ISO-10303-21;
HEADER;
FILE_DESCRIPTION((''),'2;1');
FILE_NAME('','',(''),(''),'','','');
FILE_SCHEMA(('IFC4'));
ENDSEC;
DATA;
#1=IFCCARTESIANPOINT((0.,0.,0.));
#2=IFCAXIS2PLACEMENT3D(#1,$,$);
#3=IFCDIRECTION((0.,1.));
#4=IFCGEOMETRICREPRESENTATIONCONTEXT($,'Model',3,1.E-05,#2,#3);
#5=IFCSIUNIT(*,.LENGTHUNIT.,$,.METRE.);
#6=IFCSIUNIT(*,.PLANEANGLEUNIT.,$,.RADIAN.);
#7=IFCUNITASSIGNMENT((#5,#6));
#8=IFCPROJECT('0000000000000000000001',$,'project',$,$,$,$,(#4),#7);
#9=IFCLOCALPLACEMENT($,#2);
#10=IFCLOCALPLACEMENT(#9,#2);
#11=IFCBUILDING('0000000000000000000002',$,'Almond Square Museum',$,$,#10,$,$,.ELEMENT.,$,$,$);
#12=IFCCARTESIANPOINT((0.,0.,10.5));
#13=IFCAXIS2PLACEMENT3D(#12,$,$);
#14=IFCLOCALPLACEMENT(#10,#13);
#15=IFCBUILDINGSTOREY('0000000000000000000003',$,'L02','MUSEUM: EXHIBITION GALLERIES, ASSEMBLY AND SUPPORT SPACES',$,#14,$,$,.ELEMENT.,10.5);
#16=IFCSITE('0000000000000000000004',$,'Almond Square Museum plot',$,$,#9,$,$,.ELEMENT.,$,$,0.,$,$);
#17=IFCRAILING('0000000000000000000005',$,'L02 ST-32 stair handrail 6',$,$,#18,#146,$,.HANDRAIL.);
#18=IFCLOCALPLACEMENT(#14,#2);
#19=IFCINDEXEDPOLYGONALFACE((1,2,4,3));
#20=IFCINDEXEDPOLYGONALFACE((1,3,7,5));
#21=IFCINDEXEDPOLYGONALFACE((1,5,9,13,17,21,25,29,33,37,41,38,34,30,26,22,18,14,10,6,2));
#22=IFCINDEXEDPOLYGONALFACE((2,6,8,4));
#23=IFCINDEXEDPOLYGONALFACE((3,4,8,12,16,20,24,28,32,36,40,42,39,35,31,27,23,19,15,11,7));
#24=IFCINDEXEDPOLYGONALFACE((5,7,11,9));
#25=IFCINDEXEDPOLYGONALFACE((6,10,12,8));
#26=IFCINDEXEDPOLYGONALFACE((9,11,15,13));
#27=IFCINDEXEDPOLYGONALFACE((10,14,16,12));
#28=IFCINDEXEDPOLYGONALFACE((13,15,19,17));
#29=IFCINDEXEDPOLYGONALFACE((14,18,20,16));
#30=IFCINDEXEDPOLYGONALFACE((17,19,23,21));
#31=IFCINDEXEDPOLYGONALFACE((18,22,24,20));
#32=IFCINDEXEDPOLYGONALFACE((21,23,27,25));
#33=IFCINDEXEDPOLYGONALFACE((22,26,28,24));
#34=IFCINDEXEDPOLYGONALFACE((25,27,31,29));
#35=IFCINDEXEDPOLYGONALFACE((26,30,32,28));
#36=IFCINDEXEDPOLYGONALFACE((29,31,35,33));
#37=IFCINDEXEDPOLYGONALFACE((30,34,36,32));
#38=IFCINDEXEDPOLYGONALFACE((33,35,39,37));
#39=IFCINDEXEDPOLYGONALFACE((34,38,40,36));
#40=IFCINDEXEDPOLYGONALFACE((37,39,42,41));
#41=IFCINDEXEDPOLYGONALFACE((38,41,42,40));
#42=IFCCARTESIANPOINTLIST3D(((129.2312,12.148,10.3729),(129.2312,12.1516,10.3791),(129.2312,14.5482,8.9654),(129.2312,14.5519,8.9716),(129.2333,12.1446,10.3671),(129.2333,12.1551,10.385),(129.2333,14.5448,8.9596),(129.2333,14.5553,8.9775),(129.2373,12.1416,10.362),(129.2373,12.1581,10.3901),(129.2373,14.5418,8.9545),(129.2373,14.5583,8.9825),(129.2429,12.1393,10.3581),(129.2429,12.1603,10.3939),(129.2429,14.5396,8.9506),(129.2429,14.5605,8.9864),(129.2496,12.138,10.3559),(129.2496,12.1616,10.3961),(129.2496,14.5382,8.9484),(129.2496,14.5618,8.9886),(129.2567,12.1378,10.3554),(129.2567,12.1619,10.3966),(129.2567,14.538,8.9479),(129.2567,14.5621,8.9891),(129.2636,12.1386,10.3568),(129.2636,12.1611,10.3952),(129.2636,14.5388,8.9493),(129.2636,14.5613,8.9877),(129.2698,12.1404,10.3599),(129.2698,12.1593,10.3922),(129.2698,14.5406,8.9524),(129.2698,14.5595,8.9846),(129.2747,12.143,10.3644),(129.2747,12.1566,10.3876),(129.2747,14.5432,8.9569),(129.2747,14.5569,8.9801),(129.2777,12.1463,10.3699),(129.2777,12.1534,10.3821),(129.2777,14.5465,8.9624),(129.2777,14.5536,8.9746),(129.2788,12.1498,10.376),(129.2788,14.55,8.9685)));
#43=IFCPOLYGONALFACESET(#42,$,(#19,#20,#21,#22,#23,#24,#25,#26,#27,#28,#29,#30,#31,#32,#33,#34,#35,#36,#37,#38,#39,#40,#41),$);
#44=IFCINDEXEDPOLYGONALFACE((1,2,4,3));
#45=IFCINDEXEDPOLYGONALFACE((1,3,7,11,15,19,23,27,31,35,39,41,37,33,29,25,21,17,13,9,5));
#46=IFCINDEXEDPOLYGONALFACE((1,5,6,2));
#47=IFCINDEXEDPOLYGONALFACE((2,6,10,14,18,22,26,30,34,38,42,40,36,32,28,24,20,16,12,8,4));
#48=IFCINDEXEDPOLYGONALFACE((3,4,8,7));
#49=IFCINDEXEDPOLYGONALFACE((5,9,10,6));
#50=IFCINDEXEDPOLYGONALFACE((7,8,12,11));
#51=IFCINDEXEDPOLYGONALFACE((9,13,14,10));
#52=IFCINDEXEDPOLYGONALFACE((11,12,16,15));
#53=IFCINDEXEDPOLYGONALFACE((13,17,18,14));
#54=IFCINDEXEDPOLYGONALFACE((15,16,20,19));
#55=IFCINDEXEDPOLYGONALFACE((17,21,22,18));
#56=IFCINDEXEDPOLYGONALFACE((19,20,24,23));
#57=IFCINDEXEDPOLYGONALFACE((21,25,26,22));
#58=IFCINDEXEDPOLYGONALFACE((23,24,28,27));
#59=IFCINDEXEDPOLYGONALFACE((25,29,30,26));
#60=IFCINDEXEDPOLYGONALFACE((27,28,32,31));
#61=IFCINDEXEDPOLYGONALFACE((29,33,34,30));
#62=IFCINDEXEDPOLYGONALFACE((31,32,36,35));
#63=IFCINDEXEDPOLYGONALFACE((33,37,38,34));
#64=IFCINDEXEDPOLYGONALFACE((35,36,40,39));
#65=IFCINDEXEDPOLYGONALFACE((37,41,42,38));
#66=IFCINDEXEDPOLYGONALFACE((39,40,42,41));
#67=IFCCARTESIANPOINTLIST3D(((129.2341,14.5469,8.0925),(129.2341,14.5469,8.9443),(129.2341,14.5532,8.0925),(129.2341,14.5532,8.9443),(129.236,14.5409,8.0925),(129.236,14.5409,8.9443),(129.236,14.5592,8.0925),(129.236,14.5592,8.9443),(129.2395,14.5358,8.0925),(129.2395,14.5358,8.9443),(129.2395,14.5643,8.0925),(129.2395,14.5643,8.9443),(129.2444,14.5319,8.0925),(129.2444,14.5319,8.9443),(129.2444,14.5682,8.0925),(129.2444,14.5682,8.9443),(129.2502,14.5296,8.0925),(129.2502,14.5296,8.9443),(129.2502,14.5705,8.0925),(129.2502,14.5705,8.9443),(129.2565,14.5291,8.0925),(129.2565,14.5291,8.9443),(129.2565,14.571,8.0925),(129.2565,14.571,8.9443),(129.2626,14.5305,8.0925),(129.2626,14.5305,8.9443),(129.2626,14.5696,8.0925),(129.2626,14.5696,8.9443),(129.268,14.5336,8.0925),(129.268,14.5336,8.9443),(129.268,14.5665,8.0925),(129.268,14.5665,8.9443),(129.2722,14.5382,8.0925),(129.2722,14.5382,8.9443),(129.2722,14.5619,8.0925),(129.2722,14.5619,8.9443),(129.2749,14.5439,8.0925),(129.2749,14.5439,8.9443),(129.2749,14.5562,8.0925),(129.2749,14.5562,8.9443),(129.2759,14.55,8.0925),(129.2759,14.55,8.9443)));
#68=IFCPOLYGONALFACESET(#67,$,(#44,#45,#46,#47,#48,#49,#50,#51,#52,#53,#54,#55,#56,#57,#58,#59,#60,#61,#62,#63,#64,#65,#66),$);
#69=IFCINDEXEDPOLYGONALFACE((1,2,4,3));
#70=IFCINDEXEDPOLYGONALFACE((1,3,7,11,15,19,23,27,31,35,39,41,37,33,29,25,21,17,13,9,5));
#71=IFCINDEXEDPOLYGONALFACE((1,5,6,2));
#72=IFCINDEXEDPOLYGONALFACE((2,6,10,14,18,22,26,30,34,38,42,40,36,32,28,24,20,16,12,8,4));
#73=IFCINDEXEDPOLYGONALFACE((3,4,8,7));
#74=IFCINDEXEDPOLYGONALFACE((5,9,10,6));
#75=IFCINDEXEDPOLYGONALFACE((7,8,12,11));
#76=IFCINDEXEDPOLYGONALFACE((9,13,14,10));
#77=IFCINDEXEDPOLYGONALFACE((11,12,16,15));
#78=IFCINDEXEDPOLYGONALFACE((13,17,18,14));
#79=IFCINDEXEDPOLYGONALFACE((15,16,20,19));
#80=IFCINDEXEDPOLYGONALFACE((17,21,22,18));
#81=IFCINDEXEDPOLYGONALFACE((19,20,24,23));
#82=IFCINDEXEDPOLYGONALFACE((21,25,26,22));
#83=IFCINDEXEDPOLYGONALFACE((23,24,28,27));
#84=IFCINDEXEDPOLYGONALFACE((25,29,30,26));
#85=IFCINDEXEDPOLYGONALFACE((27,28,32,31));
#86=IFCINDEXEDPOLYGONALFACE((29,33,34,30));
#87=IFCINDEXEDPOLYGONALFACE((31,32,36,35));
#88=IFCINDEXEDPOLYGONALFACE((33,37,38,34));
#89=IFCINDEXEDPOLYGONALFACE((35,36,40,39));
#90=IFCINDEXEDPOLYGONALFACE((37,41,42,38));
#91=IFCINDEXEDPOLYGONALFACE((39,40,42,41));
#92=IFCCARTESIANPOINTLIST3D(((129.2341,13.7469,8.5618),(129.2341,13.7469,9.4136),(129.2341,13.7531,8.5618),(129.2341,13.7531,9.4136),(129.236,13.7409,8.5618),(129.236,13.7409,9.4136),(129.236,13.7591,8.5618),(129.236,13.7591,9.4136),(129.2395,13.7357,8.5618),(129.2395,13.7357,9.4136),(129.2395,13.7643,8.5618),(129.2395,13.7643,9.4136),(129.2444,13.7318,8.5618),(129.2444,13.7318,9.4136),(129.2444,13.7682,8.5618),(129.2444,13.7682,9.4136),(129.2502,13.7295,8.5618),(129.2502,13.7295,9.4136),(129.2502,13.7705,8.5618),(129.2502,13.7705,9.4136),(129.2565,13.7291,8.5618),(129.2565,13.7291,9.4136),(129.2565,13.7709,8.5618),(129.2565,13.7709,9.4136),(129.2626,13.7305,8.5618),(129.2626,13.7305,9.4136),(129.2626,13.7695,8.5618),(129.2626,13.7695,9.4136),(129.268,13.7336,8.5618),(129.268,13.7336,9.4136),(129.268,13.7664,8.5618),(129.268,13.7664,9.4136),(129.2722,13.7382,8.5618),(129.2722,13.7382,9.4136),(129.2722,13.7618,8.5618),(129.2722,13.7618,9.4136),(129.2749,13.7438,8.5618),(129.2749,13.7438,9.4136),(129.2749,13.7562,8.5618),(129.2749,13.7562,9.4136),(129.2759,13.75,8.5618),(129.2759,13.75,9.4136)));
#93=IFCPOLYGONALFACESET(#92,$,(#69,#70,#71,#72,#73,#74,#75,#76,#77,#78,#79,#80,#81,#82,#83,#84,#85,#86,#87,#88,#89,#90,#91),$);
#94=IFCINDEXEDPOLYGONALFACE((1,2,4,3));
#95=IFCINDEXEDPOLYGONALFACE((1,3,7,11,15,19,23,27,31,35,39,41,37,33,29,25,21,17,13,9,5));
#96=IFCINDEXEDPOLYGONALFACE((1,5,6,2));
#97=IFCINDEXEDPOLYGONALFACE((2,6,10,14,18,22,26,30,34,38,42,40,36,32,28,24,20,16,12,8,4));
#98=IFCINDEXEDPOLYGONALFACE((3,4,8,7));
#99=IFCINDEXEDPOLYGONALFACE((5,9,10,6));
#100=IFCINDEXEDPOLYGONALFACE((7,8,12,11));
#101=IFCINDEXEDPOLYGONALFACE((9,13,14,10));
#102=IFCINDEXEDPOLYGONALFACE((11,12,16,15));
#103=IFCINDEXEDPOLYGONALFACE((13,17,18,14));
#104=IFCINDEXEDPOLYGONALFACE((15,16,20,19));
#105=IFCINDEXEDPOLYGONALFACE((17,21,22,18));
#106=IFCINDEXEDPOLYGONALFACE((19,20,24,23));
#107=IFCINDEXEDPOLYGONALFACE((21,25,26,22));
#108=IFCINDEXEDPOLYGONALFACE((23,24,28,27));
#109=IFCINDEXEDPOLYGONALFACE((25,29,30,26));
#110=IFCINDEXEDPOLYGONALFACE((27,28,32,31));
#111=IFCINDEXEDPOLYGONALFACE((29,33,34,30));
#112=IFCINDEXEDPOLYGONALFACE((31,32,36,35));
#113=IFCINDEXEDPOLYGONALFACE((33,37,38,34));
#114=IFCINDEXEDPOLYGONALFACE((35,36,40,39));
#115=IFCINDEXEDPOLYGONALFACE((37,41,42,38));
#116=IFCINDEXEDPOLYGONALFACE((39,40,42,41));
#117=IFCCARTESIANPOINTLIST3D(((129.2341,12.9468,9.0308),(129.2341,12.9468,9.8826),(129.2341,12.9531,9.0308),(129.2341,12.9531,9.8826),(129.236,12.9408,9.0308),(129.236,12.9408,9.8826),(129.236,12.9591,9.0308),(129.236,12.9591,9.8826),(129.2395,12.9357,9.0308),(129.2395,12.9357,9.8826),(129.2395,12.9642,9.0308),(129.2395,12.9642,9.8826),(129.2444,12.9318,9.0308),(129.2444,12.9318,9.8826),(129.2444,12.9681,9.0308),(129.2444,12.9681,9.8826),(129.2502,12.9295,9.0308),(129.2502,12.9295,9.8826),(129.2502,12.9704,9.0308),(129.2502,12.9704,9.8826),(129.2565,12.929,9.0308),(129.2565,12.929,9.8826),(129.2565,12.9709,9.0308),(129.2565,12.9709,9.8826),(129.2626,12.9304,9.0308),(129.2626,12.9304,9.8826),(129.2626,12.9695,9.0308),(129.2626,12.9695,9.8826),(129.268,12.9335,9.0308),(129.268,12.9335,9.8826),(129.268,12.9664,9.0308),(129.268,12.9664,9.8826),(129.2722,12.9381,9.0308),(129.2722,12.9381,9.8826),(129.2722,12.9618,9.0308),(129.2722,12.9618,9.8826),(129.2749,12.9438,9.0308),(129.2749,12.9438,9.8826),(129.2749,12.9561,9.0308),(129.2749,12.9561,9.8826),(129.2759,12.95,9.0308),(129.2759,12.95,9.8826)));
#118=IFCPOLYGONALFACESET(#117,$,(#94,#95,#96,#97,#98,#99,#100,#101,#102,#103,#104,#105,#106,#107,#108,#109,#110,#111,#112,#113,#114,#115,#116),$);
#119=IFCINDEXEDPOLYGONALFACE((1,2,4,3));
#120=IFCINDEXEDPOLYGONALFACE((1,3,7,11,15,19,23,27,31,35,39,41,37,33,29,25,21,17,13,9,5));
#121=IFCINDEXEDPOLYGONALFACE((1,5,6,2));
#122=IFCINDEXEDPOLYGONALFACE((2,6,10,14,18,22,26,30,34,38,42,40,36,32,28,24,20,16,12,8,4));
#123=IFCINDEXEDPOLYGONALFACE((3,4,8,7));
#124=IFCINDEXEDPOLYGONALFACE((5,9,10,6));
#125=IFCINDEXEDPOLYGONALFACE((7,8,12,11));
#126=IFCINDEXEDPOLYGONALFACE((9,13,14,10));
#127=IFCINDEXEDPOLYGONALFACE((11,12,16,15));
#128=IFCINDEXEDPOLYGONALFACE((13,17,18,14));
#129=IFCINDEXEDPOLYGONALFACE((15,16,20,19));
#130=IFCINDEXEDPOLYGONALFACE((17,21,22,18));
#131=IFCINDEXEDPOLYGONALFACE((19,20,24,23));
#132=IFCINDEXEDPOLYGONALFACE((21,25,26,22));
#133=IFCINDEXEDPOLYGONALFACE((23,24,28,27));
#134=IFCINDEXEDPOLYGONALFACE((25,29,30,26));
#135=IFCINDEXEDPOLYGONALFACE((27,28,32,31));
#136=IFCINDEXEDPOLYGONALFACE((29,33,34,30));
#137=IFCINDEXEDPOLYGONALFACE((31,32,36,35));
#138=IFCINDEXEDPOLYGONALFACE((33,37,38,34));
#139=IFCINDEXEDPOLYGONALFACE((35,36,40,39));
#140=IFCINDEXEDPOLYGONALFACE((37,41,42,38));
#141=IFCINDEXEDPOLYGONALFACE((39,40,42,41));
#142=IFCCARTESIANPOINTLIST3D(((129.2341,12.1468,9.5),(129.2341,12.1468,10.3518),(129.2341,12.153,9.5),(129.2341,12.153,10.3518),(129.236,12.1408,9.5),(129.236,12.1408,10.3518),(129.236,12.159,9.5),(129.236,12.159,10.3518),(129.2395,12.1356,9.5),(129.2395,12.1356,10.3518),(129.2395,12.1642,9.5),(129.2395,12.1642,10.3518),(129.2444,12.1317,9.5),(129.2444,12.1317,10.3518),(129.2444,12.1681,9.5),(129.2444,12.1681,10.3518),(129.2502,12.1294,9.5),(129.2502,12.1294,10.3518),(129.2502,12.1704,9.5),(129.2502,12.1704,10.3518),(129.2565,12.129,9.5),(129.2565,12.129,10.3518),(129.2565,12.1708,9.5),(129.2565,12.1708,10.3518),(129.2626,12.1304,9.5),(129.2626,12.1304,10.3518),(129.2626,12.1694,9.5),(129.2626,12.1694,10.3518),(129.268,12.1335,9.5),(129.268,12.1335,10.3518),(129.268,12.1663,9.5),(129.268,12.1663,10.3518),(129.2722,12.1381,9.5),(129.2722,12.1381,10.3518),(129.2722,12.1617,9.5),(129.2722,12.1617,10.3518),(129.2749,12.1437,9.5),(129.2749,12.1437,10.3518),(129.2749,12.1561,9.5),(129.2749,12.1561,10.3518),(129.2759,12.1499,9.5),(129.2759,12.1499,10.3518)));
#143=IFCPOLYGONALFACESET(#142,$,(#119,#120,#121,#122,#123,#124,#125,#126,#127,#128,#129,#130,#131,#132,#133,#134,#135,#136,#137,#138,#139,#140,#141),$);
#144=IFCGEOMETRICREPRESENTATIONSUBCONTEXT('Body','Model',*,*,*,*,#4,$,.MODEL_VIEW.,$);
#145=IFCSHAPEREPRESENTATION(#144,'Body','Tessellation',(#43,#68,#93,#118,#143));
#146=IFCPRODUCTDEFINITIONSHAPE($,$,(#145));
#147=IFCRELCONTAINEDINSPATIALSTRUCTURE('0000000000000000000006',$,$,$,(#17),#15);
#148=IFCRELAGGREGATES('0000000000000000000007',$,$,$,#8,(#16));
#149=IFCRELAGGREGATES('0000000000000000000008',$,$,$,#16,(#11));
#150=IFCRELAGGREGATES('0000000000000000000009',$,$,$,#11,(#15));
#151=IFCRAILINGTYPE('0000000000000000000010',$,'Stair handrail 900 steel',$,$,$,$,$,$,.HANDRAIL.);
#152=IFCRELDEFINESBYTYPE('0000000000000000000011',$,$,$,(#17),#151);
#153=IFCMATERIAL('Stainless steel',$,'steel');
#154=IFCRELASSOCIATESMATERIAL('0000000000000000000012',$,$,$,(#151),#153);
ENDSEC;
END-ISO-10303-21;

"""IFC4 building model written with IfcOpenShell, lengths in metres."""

from ifc_helpers import new_model, si_unit, direction, frame, origin, origin_2d, place, context, subcontext, project, spatial, circle, extrude, material, type_object, element, save


model = new_model("IFC4")

# Units and contexts
model_context = context("Model", 3, precision=1e-05, world=origin(), true_north=direction((0.0, 1.0)))
body_context = subcontext(model_context, "Body", "Model", "MODEL_VIEW")
ifc_project = project(units=[si_unit("LENGTHUNIT", "METRE"), si_unit("PLANEANGLEUNIT", "RADIAN")], contexts=[model_context])

# Site, building, storey
site_placement = place(None, origin())
site = spatial("IfcSite", under=ifc_project, at=site_placement, Name="Almond Square Museum plot", CompositionType="ELEMENT", RefElevation=0.0)
building_placement = place(site_placement, origin())
building = spatial("IfcBuilding", under=site, at=building_placement, Name="Almond Square Museum", CompositionType="ELEMENT")
storey_placement = place(building_placement, frame((0.0, 0.0, 10.5)))
storey = spatial("IfcBuildingStorey", under=building, at=storey_placement, Name="L02", Description="MUSEUM: EXHIBITION GALLERIES, ASSEMBLY AND SUPPORT SPACES", CompositionType="ELEMENT", Elevation=10.5)

# Railing
ifc_material_1 = material(Name="Stainless steel", Category="steel")
railing_type_1 = type_object("IfcRailingType", Name="Stair handrail 900 steel", PredefinedType="HANDRAIL", material=ifc_material_1)
railing_1_placement = place(storey_placement, frame((129.2549, 14.55, 8.0925)))
element("IfcRailing", 1, at=railing_1_placement, inside=storey, type_object=railing_type_1, Name="L02 ST-32 stair handrail 6", PredefinedType="HANDRAIL", context=body_context, shape_type="SweptSolid", body=[
    extrude(circle(Radius=0.0239, at=origin_2d()), frame((0.0, 0.0, 0.876), z_axis=(0.0, -0.862621, 0.50585), x_axis=(1.0, 0.0, 0.0)), (0.0, 0.0, 1.0), 2.7825),
    extrude(circle(Radius=0.021, at=origin_2d()), origin(), (0.0, 0.0, 1.0), 0.8518),
    extrude(circle(Radius=0.021, at=origin_2d()), frame((0.0, -0.8, 0.4692)), (0.0, 0.0, 1.0), 0.8518),
    extrude(circle(Radius=0.021, at=origin_2d()), frame((0.0, -1.6001, 0.9382)), (0.0, 0.0, 1.0), 0.8518),
    extrude(circle(Radius=0.021, at=origin_2d()), frame((0.0, -2.4001, 1.4075)), (0.0, 0.0, 1.0), 0.8518),
])

save(model, "model.ifc")
